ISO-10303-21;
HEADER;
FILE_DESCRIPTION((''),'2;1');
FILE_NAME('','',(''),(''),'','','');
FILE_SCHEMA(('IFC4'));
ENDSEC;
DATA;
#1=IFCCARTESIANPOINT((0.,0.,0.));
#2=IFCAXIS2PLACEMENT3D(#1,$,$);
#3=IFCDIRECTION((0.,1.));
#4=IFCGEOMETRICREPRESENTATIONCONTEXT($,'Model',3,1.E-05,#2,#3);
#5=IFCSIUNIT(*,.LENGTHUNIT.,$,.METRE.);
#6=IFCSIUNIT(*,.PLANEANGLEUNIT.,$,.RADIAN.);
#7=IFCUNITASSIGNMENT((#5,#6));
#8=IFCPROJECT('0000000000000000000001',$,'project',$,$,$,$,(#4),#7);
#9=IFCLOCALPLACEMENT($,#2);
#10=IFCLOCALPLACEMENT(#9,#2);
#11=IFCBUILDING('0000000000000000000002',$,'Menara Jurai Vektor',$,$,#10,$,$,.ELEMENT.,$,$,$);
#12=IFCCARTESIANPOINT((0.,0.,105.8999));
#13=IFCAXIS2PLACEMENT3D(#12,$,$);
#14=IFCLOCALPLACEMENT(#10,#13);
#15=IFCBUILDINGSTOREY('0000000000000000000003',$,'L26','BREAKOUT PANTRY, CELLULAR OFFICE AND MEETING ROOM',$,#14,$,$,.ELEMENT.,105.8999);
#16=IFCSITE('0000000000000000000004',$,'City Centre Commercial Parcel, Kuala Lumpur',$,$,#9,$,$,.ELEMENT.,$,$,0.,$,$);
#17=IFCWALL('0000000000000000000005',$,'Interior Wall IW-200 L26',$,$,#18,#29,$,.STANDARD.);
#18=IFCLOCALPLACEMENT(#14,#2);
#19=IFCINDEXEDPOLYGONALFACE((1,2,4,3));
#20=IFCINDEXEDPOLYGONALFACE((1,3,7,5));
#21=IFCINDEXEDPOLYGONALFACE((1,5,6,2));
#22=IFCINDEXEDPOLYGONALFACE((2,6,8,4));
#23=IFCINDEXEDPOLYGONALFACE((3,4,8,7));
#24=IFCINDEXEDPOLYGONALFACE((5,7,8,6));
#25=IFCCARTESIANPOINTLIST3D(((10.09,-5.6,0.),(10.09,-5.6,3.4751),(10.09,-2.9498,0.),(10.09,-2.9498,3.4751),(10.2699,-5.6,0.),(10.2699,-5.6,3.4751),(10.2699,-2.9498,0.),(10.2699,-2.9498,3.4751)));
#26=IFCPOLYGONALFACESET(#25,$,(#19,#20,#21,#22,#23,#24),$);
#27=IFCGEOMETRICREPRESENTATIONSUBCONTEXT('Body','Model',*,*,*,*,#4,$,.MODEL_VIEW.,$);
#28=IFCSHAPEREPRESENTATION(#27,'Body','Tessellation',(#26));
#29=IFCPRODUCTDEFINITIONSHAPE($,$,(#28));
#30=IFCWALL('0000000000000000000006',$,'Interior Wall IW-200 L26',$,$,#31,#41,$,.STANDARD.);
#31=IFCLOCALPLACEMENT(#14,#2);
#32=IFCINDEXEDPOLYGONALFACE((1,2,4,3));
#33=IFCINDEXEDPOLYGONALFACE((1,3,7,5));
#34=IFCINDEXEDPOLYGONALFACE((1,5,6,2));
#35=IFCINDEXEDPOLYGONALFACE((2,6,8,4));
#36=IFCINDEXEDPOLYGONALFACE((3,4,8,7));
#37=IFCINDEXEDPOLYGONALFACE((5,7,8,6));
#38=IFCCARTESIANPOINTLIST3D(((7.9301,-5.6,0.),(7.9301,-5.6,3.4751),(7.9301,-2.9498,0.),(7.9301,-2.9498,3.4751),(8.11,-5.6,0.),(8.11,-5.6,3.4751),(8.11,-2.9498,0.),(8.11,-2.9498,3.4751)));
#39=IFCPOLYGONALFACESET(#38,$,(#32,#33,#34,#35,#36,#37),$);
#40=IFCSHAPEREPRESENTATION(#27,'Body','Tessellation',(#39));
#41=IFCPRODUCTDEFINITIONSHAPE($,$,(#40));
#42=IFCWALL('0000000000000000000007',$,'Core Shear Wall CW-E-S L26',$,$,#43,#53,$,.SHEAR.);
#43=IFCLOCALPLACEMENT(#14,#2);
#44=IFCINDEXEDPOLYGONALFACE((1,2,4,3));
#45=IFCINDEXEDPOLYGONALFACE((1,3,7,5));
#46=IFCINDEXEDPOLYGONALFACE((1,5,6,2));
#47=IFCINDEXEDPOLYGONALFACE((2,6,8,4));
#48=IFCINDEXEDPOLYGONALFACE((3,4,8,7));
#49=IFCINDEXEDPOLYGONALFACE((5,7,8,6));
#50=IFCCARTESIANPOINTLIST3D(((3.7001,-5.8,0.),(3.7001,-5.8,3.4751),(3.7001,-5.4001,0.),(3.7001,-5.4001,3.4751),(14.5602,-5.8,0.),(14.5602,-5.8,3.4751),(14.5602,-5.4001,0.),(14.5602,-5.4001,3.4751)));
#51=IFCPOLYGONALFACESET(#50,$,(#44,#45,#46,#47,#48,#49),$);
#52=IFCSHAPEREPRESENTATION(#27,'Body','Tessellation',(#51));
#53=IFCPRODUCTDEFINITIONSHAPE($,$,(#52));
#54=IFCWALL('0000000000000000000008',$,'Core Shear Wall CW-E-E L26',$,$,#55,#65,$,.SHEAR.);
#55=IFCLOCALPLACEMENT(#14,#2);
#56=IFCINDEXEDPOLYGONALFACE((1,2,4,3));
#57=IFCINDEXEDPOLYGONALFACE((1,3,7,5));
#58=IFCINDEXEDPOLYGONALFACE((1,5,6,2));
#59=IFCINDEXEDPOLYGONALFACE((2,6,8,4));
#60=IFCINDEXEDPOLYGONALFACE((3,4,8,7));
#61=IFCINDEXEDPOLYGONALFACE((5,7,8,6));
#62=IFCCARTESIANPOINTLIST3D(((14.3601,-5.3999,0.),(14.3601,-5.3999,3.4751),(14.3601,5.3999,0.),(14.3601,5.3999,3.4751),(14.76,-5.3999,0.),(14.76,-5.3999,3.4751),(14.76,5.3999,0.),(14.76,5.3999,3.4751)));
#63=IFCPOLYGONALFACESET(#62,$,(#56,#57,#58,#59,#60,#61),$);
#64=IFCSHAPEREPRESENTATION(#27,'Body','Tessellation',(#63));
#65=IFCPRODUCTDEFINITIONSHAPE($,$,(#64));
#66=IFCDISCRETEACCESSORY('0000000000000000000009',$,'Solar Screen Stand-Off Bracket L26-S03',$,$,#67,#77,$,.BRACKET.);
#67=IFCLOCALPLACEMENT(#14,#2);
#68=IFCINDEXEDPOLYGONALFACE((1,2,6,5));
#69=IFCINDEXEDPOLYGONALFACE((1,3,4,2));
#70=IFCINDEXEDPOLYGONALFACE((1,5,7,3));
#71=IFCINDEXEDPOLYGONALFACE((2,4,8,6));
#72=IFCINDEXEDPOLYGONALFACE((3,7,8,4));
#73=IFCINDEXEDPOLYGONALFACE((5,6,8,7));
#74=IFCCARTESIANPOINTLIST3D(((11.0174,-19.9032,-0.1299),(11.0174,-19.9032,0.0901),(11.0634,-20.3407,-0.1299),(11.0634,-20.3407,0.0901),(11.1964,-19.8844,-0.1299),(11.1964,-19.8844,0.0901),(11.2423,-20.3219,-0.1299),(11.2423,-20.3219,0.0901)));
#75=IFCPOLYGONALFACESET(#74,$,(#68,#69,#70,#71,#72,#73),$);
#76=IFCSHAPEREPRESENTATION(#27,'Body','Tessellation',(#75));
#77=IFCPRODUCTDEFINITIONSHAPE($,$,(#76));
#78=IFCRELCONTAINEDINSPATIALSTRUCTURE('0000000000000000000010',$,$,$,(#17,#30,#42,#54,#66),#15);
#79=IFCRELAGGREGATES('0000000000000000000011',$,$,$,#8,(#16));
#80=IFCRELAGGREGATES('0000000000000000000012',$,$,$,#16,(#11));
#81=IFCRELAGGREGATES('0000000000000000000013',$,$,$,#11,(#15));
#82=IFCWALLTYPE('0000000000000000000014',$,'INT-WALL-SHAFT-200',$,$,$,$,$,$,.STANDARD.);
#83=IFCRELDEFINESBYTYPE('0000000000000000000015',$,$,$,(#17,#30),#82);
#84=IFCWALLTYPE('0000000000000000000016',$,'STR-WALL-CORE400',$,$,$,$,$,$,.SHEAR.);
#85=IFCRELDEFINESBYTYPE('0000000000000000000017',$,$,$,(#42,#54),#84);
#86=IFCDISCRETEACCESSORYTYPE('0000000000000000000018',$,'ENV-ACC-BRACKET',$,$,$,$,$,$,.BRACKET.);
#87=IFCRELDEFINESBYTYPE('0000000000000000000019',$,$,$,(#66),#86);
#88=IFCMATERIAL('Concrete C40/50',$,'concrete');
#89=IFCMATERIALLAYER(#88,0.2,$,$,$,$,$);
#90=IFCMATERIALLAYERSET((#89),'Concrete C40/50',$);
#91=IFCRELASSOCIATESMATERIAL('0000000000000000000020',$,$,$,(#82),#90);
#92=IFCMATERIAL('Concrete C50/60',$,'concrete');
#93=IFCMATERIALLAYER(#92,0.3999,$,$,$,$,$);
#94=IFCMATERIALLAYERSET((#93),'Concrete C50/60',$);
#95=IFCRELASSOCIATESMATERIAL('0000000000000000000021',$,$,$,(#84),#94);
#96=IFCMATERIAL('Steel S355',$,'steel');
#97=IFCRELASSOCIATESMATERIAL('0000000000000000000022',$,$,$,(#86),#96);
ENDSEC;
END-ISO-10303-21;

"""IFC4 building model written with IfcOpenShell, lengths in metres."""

from ifc_helpers import new_model, si_unit, direction, frame, frame_2d, origin, origin_2d, place, context, subcontext, project, spatial, rectangle, extrude, material, layer, layer_set, type_object, element, save


model = new_model("IFC4")

# Units and contexts
model_context = context("Model", 3, precision=1e-05, world=origin(), true_north=direction((0.0, 1.0)))
body_context = subcontext(model_context, "Body", "Model", "MODEL_VIEW")
ifc_project = project(units=[si_unit("LENGTHUNIT", "METRE"), si_unit("PLANEANGLEUNIT", "RADIAN")], contexts=[model_context])

# Site, building, storey
site_placement = place(None, origin())
site = spatial("IfcSite", under=ifc_project, at=site_placement, Name="City Centre Commercial Parcel, Kuala Lumpur", CompositionType="ELEMENT", RefElevation=0.0)
building_placement = place(site_placement, origin())
building = spatial("IfcBuilding", under=site, at=building_placement, Name="Menara Jurai Vektor", CompositionType="ELEMENT")
storey_placement = place(building_placement, frame((0.0, 0.0, 105.8999)))
storey = spatial("IfcBuildingStorey", under=building, at=storey_placement, Name="L26", Description="BREAKOUT PANTRY, CELLULAR OFFICE AND MEETING ROOM", CompositionType="ELEMENT", Elevation=105.8999)

# Shared definitions
ifc_material_1 = material(Name="Concrete C50/60", Category="concrete")

# Shared definitions
ifc_material_2 = material(Name="Steel S355", Category="steel")

# Walls
ifc_material_3 = material(Name="Concrete C40/50", Category="concrete")
ifc_layer_1 = layer(ifc_material_3, 0.2)
ifc_layer_set_1 = layer_set([ifc_layer_1], Name="Concrete C40/50")
wall_type_1 = type_object("IfcWallType", Name="INT-WALL-SHAFT-200", PredefinedType="STANDARD", material=ifc_layer_set_1)
for number, where, z_axis, x_axis, name in (
    (1, (10.1799, -5.6001, 0.0), (0.0, 0.0, 1.0), (0.0, 1.0, 0.0), "Interior Wall IW-200 L26"),
    (2, (8.02, -5.6001, 0.0), (0.0, 0.0, 1.0), (0.0, 1.0, 0.0), "Interior Wall IW-200 L26"),
):
    element("IfcWall", number, at=place(storey_placement, frame(where, z_axis=z_axis, x_axis=x_axis)), inside=storey, type_object=wall_type_1, Name=name, PredefinedType="STANDARD", context=body_context, shape_type="SweptSolid", body=[
        extrude(rectangle(XDim=2.6501, YDim=0.1799, at=frame_2d((1.3252, 0.0))), origin(), (0.0, 0.0, 1.0), 3.4751),
    ])
ifc_layer_2 = layer(ifc_material_1, 0.3999)
ifc_layer_set_2 = layer_set([ifc_layer_2], Name="Concrete C50/60")
wall_type_2 = type_object("IfcWallType", Name="STR-WALL-CORE400", PredefinedType="SHEAR", material=ifc_layer_set_2)
wall_1_placement = place(storey_placement, frame((3.7, -5.6001, 0.0), z_axis=(0.0, 0.0, 1.0), x_axis=(1.0, 0.0, 0.0)))
element("IfcWall", 3, at=wall_1_placement, inside=storey, type_object=wall_type_2, Name="Core Shear Wall CW-E-S L26", PredefinedType="SHEAR", context=body_context, shape_type="SweptSolid", body=[
    extrude(rectangle(XDim=10.8601, YDim=0.3999, at=frame_2d((5.4302, 0.0))), origin(), (0.0, 0.0, 1.0), 3.4751),
])
wall_2_placement = place(storey_placement, frame((14.5601, -5.3999, 0.0), z_axis=(0.0, 0.0, 1.0), x_axis=(0.0, 1.0, 0.0)))
element("IfcWall", 4, at=wall_2_placement, inside=storey, type_object=wall_type_2, Name="Core Shear Wall CW-E-E L26", PredefinedType="SHEAR", context=body_context, shape_type="SweptSolid", body=[
    extrude(rectangle(XDim=10.7998, YDim=0.3999, at=frame_2d((5.3999, 0.0))), origin(), (0.0, 0.0, 1.0), 3.4751),
])

# Discrete accessory
discrete_accessory_type = type_object("IfcDiscreteAccessoryType", Name="ENV-ACC-BRACKET", PredefinedType="BRACKET", material=ifc_material_2)
discrete_accessory_placement = place(storey_placement, frame((11.1299, -20.1125, -0.1299), z_axis=(0.0, 0.0, 1.0), x_axis=(0.994522, 0.104528, 0.0)))
element("IfcDiscreteAccessory", 5, at=discrete_accessory_placement, inside=storey, type_object=discrete_accessory_type, Name="Solar Screen Stand-Off Bracket L26-S03", PredefinedType="BRACKET", context=body_context, shape_type="SweptSolid", body=[
    extrude(rectangle(XDim=0.1799, YDim=0.4399, at=origin_2d()), origin(), (0.0, 0.0, 1.0), 0.22),
])

save(model, "model.ifc")
